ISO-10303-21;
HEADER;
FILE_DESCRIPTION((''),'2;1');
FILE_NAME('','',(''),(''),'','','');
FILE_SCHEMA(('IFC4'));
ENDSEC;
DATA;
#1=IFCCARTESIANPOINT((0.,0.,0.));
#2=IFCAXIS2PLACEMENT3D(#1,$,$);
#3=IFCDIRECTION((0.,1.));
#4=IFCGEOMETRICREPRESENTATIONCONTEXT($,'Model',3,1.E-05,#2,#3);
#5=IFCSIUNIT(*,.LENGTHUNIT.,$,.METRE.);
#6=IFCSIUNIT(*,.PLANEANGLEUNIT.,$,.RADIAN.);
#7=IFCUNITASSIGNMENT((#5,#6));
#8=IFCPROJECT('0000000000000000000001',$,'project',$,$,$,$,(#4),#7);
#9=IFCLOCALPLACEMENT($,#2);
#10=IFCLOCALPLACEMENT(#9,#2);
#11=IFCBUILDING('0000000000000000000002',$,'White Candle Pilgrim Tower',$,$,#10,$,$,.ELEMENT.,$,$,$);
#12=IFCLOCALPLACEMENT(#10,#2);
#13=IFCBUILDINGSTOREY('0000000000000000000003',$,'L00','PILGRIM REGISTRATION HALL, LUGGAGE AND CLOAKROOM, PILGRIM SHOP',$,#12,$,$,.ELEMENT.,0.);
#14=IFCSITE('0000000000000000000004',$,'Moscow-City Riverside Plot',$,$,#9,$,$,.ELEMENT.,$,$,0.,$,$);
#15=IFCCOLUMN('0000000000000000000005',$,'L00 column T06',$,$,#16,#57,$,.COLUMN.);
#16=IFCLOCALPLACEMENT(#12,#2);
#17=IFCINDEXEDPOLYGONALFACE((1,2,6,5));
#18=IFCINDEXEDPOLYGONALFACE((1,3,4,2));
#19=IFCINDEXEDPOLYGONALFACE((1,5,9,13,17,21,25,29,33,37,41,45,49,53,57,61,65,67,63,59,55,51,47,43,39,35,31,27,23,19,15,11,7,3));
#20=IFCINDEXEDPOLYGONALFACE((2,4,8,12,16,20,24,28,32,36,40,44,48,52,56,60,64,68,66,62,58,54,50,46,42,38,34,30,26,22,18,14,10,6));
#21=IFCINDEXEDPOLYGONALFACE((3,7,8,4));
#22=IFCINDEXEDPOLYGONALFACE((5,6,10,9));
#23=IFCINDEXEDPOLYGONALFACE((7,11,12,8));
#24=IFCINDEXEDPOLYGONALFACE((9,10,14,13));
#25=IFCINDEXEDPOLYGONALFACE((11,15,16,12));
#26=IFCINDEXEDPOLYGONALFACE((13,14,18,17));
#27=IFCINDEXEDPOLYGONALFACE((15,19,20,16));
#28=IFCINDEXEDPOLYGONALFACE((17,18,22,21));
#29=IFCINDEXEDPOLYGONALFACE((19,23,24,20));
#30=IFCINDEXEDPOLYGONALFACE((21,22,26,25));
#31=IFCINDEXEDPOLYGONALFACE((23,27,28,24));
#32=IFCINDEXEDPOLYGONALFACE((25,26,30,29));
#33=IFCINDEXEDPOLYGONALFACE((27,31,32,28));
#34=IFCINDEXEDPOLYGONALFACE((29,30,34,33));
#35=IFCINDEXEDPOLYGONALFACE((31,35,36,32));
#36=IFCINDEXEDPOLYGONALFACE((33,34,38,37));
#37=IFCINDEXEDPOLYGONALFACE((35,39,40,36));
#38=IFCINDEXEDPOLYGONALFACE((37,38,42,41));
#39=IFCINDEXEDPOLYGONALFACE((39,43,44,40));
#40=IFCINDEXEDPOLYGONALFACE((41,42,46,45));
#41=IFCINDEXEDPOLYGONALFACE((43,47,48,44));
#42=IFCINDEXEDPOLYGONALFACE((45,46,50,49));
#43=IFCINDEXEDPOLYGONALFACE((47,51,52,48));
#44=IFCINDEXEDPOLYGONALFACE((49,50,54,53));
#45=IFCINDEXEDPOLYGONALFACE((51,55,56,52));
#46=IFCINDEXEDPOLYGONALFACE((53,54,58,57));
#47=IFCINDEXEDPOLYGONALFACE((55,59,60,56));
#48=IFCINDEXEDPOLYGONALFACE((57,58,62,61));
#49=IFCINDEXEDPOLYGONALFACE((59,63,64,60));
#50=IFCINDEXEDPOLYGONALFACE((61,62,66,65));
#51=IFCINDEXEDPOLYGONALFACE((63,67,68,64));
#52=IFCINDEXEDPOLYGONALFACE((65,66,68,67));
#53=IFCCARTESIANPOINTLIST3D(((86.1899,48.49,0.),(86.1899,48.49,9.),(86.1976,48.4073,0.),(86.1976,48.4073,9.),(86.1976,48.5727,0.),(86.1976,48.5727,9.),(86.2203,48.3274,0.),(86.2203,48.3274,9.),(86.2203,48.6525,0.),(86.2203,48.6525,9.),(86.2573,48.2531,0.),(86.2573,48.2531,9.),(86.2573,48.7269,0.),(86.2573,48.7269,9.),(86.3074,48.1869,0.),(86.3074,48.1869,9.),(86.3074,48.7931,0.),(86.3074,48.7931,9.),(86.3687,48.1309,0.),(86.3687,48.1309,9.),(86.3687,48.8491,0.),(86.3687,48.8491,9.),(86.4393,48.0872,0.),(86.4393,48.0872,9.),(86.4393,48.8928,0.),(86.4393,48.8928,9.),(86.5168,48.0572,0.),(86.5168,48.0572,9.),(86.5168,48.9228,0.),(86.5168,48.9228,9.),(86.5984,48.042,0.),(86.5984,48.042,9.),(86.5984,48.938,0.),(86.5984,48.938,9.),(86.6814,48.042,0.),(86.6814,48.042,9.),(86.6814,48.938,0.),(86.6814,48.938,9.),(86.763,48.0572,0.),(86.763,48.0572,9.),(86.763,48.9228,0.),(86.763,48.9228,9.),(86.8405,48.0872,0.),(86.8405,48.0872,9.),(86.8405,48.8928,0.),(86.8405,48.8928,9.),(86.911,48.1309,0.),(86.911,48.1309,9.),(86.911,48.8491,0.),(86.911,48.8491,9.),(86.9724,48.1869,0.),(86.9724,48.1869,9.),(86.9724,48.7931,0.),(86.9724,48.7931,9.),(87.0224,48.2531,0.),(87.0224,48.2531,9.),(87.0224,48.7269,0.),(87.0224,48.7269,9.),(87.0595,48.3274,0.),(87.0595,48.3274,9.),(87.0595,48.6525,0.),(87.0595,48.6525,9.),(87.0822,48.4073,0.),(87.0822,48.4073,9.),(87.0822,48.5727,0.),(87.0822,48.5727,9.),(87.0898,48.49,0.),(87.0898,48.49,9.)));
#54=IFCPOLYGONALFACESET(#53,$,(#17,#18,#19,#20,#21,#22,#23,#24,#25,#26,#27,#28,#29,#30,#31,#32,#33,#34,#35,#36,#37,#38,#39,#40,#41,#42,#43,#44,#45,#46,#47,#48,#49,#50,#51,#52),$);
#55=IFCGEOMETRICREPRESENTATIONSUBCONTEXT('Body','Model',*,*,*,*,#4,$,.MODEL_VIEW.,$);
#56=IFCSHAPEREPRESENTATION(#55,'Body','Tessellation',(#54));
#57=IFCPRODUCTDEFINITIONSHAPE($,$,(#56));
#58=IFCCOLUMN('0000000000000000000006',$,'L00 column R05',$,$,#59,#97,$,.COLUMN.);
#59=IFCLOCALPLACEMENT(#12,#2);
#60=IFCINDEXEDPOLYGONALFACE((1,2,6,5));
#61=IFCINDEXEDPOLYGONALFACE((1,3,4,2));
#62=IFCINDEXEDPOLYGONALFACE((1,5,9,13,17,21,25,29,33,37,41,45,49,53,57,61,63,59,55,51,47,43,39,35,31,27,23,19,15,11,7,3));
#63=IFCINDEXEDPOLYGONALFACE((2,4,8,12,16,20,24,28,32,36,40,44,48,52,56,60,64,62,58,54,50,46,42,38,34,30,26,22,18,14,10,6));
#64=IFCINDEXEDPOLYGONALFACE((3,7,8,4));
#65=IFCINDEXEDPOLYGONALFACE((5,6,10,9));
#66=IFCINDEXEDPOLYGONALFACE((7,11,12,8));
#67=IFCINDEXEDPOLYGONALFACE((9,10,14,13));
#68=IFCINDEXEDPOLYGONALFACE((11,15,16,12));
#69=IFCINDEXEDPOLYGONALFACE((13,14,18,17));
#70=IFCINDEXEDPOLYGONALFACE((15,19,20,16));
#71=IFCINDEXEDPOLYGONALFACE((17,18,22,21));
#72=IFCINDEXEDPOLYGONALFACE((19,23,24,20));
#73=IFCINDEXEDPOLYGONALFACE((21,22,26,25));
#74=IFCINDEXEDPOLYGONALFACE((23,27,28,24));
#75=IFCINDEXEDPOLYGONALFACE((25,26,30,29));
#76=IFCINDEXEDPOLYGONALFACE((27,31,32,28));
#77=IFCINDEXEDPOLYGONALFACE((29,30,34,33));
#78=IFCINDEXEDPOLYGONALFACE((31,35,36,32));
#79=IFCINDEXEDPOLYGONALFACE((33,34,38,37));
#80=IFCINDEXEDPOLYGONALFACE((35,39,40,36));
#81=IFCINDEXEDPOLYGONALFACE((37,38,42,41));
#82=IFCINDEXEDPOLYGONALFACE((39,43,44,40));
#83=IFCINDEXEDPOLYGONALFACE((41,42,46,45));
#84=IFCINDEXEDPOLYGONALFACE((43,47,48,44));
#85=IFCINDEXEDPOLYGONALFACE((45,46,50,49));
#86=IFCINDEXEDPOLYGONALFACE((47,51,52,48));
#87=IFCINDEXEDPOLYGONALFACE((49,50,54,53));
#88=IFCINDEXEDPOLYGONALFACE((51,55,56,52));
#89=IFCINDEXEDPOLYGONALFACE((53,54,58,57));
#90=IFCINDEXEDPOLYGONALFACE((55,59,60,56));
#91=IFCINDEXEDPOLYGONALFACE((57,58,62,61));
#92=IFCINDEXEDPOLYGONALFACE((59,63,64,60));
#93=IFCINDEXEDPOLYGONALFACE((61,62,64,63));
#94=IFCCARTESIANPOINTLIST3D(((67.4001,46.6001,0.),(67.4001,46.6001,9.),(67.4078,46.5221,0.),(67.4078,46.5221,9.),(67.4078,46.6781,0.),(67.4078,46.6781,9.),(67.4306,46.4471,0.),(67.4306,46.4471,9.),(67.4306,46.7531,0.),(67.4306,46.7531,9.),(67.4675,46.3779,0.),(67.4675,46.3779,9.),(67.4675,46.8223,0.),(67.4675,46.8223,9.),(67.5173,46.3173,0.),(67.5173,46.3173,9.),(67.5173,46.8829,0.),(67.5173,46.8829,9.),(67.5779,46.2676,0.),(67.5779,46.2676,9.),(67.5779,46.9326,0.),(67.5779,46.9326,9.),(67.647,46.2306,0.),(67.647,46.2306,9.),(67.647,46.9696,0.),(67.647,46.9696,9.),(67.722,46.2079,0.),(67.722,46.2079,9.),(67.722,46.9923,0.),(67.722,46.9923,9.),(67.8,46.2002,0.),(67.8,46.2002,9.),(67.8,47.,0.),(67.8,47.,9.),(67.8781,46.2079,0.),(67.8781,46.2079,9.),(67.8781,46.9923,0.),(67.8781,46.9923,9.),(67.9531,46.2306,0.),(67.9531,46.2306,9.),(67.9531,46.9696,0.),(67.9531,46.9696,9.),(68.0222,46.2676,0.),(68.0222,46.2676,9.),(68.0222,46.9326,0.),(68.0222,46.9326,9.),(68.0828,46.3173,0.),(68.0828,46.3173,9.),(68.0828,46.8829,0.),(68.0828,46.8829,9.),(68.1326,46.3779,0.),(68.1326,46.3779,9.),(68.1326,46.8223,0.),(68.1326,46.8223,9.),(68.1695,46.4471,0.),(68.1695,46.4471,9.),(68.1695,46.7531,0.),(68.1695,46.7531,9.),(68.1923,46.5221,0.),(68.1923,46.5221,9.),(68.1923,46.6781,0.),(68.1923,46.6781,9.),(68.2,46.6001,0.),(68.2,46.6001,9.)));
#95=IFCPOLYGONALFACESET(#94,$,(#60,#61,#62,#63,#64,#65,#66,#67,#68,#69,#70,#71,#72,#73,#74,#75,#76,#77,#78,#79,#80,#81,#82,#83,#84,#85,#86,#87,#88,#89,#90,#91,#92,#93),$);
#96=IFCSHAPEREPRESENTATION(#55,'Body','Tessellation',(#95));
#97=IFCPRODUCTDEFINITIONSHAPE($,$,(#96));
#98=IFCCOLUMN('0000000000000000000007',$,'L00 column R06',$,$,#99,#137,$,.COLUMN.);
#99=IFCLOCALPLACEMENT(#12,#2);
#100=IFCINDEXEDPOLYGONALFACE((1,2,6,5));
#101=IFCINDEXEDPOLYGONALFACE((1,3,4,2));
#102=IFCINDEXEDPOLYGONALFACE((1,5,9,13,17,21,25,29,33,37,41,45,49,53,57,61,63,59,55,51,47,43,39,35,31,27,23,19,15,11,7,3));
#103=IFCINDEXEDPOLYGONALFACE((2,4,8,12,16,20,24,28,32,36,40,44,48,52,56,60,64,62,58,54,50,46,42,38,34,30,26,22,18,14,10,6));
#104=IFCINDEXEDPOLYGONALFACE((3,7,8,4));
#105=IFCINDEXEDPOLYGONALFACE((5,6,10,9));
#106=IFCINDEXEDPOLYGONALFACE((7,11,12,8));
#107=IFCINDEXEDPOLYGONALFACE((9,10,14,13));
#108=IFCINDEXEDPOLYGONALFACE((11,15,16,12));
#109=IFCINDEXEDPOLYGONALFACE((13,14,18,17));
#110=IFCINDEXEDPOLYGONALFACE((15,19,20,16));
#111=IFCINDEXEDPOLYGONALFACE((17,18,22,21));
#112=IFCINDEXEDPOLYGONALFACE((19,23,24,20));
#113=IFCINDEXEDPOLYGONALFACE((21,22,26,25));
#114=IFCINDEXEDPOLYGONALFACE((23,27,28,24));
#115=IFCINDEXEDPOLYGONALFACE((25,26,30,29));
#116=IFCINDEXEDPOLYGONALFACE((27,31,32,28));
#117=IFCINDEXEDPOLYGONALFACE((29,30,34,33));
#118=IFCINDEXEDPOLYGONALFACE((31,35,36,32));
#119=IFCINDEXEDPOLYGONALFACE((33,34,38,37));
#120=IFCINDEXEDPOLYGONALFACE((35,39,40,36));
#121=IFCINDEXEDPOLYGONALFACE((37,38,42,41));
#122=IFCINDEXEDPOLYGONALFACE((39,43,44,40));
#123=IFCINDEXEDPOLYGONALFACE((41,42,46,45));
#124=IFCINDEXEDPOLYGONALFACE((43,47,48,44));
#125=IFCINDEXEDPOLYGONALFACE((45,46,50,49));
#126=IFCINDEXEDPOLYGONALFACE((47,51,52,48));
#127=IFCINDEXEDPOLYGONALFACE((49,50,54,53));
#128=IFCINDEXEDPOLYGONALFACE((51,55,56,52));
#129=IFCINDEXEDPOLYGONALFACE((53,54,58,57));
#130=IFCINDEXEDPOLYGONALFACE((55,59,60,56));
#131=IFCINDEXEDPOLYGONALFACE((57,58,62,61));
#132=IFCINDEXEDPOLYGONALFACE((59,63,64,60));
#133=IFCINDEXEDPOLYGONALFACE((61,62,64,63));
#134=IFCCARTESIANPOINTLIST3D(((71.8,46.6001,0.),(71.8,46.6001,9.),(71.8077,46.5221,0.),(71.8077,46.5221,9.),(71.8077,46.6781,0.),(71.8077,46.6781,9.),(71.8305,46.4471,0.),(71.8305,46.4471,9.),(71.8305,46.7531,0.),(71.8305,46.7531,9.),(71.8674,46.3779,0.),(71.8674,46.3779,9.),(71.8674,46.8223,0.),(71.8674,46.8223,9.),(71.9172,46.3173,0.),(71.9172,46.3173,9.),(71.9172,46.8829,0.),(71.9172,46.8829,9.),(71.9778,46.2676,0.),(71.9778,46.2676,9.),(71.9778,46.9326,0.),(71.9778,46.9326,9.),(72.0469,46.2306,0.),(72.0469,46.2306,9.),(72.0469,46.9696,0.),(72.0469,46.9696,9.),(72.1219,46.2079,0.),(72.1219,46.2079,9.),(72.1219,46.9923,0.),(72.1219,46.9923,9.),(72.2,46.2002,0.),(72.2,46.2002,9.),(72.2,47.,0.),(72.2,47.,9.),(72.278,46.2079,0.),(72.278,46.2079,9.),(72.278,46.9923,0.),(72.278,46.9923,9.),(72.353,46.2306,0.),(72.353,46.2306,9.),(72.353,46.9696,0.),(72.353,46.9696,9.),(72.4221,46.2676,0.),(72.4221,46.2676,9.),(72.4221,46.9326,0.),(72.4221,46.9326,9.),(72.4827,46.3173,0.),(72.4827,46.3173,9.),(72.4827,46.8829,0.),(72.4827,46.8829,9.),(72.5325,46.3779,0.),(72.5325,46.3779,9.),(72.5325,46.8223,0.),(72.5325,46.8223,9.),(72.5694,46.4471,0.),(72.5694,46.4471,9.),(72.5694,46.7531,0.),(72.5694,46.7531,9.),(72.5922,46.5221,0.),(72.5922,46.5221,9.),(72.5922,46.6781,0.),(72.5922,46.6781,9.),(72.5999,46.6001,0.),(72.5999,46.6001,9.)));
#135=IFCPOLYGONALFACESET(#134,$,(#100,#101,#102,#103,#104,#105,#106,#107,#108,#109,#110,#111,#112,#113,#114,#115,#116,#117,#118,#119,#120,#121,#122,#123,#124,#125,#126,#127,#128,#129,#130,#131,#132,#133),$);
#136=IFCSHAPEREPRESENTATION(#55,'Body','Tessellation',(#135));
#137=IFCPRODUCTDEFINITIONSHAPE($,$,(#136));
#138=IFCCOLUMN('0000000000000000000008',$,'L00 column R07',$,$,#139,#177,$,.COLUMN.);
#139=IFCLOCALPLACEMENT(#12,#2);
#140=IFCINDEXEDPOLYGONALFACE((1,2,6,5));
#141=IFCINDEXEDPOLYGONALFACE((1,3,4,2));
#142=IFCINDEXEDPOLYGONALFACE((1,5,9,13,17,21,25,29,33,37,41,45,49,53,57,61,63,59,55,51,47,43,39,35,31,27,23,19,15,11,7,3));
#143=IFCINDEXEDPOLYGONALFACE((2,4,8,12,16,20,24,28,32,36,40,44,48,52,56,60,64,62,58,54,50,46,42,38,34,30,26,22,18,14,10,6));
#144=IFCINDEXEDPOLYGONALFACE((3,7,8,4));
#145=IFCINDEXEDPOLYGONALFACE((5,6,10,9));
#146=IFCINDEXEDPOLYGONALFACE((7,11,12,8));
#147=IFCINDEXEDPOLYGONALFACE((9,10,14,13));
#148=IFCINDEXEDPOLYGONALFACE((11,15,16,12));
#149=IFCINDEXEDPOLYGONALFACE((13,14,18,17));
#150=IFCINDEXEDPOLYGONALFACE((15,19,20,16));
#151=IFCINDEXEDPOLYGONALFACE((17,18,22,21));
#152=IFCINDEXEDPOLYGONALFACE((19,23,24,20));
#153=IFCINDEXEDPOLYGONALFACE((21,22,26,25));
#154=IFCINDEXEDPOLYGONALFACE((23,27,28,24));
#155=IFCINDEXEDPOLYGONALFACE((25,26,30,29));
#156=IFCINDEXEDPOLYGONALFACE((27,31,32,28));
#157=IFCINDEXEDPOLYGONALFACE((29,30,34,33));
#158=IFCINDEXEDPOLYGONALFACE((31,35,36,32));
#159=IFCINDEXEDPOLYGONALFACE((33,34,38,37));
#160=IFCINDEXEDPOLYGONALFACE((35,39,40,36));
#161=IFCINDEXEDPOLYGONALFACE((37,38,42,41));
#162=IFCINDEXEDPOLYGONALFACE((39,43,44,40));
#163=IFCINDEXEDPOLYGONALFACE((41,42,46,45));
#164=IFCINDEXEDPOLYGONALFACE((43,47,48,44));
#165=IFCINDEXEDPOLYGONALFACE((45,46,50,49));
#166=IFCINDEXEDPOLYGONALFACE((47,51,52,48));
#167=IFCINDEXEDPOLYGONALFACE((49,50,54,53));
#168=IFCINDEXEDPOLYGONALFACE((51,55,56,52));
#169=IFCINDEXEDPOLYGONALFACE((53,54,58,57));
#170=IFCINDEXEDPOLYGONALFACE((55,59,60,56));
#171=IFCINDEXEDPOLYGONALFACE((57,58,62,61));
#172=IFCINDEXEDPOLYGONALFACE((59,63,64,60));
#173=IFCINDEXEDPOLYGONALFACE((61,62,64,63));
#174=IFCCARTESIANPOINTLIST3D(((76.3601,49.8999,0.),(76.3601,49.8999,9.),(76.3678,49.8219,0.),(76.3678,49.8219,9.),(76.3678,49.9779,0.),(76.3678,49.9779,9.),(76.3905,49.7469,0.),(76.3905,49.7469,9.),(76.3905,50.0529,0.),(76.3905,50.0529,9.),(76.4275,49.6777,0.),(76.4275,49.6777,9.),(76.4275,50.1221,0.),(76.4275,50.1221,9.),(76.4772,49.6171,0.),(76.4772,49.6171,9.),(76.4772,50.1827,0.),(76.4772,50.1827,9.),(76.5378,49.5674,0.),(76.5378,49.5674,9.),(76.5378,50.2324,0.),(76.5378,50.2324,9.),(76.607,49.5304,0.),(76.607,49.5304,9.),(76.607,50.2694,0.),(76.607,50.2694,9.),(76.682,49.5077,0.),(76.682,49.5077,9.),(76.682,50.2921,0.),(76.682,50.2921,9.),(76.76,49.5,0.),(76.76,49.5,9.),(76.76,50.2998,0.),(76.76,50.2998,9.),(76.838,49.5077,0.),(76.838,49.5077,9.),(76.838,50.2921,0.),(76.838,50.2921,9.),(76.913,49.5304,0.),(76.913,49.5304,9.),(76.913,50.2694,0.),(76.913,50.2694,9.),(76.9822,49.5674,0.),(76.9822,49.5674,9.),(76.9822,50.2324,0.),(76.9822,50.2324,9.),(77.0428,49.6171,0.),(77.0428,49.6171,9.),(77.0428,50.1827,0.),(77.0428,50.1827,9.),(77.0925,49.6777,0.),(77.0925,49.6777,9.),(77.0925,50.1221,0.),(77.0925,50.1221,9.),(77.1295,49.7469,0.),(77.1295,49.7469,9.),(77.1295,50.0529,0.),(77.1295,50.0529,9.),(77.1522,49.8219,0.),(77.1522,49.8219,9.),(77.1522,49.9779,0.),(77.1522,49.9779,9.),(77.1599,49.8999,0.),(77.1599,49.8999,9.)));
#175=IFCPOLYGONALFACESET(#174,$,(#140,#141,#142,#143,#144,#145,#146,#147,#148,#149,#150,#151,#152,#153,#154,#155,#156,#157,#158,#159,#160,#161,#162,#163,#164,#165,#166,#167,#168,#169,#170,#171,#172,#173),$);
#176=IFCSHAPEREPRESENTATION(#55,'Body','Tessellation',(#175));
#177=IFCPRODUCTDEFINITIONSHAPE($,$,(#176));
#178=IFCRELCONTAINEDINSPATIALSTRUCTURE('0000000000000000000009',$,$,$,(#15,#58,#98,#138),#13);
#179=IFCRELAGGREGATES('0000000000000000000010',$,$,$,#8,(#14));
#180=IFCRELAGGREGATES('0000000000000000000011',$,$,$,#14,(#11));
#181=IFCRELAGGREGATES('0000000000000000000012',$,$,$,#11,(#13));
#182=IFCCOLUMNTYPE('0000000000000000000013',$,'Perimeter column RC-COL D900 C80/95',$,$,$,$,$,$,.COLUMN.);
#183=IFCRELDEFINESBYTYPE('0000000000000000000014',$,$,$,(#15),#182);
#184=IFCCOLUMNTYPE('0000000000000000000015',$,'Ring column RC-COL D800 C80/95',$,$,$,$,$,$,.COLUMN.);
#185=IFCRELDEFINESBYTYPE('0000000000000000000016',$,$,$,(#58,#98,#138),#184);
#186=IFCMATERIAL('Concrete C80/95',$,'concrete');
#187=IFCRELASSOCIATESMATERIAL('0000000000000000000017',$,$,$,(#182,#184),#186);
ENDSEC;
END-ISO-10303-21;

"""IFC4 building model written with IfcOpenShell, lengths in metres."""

from ifc_helpers import new_model, si_unit, direction, frame, origin, origin_2d, place, context, subcontext, project, spatial, circle, extrude, material, material_profile, profile_set, type_object, element, save


model = new_model("IFC4")

# Units and contexts
model_context = context("Model", 3, precision=1e-05, world=origin(), true_north=direction((0.0, 1.0)))
body_context = subcontext(model_context, "Body", "Model", "MODEL_VIEW")
ifc_project = project(units=[si_unit("LENGTHUNIT", "METRE"), si_unit("PLANEANGLEUNIT", "RADIAN")], contexts=[model_context])

# Site, building, storey
site_placement = place(None, origin())
site = spatial("IfcSite", under=ifc_project, at=site_placement, Name="Moscow-City Riverside Plot", CompositionType="ELEMENT", RefElevation=0.0)
building_placement = place(site_placement, origin())
building = spatial("IfcBuilding", under=site, at=building_placement, Name="White Candle Pilgrim Tower", CompositionType="ELEMENT")
storey_placement = place(building_placement, origin())
storey = spatial("IfcBuildingStorey", under=building, at=storey_placement, Name="L00", Description="PILGRIM REGISTRATION HALL, LUGGAGE AND CLOAKROOM, PILGRIM SHOP", CompositionType="ELEMENT", Elevation=0.0)

# Columns
ifc_material_1 = material(Name="Concrete C80/95", Category="concrete")
ifc_material_profile_1 = material_profile(ifc_material_1, circle(Radius=0.45, at=origin_2d()), Name="RC-COL D900")
ifc_profile_set_1 = profile_set([ifc_material_profile_1], Name="Concrete C80/95")
column_type_1 = type_object("IfcColumnType", Name="Perimeter column RC-COL D900 C80/95", PredefinedType="COLUMN", material=ifc_profile_set_1)
column_placement = place(storey_placement, frame((86.6399, 48.49, 0.0), z_axis=(0.0, 0.0, 1.0), x_axis=(1.0, 0.0, 0.0)))
element("IfcColumn", 1, at=column_placement, inside=storey, type_object=column_type_1, Name="L00 column T06", PredefinedType="COLUMN", context=body_context, shape_type="SweptSolid", body=[
    extrude(circle(Radius=0.45, at=origin_2d()), origin(), (0.0, 0.0, 1.0), 9.0),
])
ifc_material_profile_2 = material_profile(ifc_material_1, circle(Radius=0.3999, at=origin_2d()), Name="RC-COL D800")
ifc_profile_set_2 = profile_set([ifc_material_profile_2], Name="Concrete C80/95")
column_type_2 = type_object("IfcColumnType", Name="Ring column RC-COL D800 C80/95", PredefinedType="COLUMN", material=ifc_profile_set_2)
for number, where, z_axis, x_axis, name in (
    (2, (67.8, 46.6001, 0.0), (0.0, 0.0, 1.0), (1.0, 0.0, 0.0), "L00 column R05"),
    (3, (72.2, 46.6001, 0.0), (0.0, 0.0, 1.0), (1.0, 0.0, 0.0), "L00 column R06"),
    (4, (76.76, 49.8999, 0.0), (0.0, 0.0, 1.0), (1.0, 0.0, 0.0), "L00 column R07"),
):
    element("IfcColumn", number, at=place(storey_placement, frame(where, z_axis=z_axis, x_axis=x_axis)), inside=storey, type_object=column_type_2, Name=name, PredefinedType="COLUMN", context=body_context, shape_type="SweptSolid", body=[
        extrude(circle(Radius=0.3999, at=origin_2d()), origin(), (0.0, 0.0, 1.0), 9.0),
    ])

save(model, "model.ifc")
